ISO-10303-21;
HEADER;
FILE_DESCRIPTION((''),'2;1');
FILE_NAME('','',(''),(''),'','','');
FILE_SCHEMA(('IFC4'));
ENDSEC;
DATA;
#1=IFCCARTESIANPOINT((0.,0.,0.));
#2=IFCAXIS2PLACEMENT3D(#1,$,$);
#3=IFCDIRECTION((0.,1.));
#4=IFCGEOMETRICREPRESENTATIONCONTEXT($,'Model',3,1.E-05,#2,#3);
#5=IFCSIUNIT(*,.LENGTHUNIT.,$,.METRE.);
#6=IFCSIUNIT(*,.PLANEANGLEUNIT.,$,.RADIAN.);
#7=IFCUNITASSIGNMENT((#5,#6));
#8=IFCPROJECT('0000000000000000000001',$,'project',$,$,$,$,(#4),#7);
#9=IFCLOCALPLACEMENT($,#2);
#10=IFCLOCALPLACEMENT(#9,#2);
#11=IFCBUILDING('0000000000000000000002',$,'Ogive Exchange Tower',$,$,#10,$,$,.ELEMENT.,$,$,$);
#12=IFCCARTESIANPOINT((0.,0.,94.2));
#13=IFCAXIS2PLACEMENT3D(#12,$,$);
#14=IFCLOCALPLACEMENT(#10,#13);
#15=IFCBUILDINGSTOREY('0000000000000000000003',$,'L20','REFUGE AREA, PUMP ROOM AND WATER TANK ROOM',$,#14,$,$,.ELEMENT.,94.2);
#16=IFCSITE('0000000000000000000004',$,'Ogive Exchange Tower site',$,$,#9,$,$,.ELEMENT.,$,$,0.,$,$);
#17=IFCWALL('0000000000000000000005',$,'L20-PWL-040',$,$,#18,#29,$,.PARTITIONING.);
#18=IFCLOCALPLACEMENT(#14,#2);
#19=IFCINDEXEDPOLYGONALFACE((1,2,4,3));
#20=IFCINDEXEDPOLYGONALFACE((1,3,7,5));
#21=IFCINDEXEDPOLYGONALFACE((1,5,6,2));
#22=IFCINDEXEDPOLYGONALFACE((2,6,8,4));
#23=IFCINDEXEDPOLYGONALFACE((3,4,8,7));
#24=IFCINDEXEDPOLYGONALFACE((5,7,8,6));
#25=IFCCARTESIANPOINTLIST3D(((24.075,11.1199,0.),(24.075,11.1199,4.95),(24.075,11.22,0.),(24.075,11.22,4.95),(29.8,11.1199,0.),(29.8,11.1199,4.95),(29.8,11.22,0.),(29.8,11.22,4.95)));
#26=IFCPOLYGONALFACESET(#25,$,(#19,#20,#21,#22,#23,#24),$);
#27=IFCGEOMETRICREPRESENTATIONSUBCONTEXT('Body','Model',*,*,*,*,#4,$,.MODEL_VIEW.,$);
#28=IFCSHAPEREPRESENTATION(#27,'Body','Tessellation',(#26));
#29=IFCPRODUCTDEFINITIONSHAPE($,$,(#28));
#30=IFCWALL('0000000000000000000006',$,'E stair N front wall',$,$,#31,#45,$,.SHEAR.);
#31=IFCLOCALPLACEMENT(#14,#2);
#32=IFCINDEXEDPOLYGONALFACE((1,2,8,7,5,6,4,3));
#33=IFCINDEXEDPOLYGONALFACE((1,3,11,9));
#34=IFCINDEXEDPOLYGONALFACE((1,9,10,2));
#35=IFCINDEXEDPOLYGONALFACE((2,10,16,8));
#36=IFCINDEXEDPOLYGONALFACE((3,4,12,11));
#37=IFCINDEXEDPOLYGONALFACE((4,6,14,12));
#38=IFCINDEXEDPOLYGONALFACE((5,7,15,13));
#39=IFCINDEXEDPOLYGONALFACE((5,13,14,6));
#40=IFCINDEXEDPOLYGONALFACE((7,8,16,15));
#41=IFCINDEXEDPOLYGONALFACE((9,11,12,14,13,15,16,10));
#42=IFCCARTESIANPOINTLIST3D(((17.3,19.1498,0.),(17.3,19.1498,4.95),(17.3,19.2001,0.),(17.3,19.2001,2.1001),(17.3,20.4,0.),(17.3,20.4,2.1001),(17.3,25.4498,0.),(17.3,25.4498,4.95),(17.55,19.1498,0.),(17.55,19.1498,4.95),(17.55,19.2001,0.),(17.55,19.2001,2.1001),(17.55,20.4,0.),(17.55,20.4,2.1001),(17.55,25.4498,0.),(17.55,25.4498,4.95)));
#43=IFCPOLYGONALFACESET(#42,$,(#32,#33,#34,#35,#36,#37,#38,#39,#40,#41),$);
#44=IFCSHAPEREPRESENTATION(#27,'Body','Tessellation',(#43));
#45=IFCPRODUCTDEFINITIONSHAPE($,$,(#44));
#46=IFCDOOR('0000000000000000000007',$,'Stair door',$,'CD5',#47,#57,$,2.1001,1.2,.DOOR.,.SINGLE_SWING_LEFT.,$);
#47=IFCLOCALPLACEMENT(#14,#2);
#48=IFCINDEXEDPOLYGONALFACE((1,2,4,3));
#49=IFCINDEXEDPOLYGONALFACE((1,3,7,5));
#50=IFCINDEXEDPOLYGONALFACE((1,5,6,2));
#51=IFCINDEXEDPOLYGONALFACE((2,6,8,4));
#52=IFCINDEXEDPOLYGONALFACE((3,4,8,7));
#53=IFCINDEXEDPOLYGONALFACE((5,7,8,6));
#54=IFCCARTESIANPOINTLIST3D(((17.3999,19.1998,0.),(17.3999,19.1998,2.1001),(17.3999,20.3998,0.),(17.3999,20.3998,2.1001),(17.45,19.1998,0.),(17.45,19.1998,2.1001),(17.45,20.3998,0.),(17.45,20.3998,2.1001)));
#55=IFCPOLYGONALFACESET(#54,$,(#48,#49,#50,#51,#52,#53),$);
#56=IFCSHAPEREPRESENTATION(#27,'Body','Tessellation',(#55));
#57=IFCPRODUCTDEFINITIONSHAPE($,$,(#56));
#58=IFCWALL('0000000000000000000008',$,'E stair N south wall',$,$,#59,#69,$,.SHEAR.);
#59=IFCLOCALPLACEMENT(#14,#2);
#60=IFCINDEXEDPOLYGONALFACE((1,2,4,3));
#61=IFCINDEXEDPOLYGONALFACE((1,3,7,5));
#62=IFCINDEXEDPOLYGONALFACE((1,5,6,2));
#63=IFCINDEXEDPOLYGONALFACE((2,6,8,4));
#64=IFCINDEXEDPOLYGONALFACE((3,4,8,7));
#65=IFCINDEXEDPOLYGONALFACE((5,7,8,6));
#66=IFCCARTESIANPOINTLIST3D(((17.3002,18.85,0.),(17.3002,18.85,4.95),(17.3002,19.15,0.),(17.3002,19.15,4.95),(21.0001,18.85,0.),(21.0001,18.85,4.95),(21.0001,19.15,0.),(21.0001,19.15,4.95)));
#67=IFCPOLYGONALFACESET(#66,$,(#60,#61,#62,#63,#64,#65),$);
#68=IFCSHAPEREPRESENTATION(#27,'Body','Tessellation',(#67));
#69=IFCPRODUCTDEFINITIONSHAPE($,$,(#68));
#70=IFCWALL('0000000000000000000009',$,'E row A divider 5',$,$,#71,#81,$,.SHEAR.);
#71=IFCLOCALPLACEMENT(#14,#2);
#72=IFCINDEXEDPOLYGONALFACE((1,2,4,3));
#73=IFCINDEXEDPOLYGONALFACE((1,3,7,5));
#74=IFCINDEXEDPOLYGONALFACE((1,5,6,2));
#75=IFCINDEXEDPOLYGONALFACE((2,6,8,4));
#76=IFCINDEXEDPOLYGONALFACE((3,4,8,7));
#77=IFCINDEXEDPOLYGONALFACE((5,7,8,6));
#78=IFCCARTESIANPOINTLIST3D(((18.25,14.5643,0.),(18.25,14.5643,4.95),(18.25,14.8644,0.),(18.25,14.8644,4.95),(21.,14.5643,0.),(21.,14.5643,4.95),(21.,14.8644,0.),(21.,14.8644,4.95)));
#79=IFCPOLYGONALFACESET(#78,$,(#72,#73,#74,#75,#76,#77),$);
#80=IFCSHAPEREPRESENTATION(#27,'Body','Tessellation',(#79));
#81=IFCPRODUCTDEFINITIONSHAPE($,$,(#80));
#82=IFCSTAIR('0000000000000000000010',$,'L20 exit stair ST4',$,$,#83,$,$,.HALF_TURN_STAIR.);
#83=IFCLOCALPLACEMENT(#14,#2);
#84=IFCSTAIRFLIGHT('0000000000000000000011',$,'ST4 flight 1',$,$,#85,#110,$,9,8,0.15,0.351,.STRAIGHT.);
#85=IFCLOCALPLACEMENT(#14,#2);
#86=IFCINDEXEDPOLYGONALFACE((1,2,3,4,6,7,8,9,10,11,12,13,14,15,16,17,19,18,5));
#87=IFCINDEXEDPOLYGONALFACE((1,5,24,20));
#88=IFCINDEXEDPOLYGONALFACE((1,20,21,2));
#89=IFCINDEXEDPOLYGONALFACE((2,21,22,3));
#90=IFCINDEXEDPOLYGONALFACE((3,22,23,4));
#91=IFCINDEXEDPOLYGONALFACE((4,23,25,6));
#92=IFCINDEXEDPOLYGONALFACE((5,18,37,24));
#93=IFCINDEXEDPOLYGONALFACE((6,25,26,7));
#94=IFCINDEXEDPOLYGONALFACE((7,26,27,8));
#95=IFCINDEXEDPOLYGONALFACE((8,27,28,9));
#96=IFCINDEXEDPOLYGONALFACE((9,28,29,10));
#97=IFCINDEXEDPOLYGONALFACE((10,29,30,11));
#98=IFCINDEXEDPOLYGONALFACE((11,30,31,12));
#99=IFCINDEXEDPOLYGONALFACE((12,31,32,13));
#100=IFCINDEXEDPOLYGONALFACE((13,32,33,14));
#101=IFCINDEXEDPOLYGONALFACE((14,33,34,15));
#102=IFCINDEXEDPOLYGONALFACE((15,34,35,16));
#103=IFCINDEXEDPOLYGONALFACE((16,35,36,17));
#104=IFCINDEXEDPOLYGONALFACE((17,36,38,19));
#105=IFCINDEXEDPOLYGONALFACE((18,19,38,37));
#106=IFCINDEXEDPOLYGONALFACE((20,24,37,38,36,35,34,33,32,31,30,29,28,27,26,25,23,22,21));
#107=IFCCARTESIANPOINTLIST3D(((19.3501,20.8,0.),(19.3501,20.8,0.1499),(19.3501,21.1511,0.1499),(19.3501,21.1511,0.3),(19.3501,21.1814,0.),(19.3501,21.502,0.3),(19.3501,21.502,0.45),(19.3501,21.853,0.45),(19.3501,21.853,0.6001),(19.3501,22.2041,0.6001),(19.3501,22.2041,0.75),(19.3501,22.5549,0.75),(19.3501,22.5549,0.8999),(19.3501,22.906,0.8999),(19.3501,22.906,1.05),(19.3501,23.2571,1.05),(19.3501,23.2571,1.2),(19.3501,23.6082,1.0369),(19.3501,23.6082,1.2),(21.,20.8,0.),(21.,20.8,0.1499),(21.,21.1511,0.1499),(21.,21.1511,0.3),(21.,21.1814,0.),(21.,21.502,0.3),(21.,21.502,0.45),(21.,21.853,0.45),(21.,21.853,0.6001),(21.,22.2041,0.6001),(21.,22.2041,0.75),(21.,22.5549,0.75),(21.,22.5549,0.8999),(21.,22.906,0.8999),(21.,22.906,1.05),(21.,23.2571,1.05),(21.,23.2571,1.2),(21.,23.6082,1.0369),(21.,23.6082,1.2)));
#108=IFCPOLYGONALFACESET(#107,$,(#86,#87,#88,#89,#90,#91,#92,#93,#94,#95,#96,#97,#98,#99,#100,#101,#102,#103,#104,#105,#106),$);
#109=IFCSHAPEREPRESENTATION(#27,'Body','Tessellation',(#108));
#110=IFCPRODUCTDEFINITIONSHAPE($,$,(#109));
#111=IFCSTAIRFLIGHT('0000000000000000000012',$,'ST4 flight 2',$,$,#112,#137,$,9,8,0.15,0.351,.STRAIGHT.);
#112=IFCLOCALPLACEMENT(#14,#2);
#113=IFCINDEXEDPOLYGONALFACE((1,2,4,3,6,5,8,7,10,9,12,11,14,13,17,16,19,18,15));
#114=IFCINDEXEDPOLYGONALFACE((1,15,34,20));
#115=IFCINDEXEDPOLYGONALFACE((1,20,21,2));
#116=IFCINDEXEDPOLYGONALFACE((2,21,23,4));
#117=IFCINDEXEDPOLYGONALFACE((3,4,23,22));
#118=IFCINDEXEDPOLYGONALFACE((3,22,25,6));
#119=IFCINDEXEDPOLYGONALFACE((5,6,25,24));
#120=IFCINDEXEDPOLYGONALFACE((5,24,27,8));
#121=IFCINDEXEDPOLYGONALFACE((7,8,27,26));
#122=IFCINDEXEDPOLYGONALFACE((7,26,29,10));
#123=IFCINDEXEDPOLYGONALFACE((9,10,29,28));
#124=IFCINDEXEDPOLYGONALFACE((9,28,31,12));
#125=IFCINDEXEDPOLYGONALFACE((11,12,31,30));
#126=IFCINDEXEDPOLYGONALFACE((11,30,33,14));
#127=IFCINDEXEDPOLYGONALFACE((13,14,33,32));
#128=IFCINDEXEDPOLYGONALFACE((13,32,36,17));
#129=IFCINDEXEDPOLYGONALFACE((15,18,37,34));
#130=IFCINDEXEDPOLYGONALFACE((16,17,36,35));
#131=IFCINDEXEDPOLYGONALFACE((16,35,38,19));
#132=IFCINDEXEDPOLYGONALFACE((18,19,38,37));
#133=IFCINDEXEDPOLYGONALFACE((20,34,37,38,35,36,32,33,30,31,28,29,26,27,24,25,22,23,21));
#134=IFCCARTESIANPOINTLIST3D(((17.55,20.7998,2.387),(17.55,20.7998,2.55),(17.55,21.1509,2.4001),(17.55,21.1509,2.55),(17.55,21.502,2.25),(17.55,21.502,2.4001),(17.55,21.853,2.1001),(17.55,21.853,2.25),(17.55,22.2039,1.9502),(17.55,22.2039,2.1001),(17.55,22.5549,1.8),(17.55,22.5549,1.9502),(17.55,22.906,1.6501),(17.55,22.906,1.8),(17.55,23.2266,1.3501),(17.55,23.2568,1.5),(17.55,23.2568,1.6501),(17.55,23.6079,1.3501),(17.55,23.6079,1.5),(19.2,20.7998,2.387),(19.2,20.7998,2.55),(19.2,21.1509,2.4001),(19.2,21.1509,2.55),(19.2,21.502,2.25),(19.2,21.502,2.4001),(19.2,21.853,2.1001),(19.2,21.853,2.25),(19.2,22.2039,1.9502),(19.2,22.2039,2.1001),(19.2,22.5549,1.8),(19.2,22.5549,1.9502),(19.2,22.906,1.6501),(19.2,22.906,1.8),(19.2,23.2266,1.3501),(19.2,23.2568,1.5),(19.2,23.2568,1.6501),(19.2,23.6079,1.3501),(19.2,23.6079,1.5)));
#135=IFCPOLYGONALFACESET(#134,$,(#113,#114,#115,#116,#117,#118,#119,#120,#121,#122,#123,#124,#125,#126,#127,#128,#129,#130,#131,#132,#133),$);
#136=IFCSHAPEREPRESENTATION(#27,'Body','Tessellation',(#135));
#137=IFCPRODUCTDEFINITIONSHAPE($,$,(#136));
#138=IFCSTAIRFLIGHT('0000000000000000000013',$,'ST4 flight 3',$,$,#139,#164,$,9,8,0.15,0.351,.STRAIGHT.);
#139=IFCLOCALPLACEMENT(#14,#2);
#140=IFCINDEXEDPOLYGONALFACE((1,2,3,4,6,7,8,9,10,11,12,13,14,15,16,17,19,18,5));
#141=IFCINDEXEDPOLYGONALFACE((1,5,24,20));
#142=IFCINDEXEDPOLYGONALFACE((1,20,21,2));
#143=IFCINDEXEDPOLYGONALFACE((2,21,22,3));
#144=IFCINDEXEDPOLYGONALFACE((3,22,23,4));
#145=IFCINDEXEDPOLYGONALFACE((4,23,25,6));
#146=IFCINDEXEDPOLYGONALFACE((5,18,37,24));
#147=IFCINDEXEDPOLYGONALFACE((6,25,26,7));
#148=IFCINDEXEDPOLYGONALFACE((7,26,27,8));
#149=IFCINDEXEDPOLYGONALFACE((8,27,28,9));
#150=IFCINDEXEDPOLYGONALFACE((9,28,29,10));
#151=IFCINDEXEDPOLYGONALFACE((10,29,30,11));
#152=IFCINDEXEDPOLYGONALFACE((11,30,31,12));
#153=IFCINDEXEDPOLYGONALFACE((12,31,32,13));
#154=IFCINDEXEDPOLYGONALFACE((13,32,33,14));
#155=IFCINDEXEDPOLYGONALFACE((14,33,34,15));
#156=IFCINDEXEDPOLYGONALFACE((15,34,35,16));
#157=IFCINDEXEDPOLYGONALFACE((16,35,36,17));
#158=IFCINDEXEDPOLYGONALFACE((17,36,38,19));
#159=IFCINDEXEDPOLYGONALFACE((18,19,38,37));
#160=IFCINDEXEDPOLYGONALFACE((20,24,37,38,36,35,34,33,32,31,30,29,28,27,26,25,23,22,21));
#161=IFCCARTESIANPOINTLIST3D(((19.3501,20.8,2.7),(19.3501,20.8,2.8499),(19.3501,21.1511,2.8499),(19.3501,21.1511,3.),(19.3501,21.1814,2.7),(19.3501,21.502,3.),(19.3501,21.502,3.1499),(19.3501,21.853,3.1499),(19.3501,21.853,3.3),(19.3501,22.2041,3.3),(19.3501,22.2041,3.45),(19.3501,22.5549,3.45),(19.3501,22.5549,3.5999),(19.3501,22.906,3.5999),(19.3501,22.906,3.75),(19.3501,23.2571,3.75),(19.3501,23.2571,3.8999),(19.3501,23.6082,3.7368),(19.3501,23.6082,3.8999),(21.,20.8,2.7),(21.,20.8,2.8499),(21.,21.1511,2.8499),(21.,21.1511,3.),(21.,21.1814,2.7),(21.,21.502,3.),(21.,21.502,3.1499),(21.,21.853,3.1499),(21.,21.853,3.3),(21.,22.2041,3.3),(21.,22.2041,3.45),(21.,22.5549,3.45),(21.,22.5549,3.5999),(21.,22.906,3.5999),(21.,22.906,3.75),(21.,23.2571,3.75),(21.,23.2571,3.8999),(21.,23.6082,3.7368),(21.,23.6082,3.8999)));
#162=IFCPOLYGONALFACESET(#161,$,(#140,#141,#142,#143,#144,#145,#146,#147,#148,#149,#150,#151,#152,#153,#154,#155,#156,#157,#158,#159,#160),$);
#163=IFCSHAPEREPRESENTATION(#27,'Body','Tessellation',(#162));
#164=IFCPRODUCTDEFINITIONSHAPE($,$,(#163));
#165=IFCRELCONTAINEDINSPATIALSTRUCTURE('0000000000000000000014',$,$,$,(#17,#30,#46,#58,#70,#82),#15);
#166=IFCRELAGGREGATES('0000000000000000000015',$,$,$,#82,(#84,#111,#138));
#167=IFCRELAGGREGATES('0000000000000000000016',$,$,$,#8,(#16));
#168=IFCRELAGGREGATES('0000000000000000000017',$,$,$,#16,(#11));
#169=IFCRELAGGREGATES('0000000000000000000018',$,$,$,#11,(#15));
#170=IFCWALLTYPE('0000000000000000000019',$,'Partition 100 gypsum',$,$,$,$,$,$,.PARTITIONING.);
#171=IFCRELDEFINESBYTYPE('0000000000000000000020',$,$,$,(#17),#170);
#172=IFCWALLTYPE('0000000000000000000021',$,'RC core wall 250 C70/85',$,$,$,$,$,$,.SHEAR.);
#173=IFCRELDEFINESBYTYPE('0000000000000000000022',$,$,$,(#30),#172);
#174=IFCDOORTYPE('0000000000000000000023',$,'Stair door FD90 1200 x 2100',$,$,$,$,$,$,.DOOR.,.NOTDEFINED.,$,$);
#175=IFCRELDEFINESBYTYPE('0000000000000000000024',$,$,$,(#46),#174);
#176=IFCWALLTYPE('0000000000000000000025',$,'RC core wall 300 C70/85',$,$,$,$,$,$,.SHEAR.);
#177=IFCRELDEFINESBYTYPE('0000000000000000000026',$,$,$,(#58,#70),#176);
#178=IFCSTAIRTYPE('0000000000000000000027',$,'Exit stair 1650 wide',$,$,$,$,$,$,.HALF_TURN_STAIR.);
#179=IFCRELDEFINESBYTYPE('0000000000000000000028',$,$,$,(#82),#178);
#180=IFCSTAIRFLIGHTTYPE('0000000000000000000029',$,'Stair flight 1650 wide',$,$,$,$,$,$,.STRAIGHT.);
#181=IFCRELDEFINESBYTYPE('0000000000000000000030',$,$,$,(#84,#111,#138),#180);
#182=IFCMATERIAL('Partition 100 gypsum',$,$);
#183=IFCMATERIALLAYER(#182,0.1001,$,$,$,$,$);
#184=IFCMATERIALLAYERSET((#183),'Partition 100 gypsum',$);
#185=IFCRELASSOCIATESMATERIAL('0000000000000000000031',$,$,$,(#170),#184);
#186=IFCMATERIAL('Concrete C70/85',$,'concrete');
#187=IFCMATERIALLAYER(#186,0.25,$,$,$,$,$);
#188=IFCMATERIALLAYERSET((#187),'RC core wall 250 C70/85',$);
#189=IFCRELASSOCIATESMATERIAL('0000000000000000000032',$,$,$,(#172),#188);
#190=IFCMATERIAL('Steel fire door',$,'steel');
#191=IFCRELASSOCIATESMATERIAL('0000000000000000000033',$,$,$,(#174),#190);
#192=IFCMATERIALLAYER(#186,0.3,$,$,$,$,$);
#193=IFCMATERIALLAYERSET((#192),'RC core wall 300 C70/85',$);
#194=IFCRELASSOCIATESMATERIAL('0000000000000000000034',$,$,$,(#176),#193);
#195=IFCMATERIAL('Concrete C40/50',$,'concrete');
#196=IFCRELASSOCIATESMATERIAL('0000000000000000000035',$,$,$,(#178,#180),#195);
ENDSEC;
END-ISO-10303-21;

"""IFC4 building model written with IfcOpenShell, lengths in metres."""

from ifc_helpers import new_model, si_unit, direction, frame, frame_2d, origin, place, context, subcontext, project, spatial, polyline, rectangle, outline, extrude, material, layer, layer_set, type_object, element, fill, aggregate, save


model = new_model("IFC4")

# Units and contexts
model_context = context("Model", 3, precision=1e-05, world=origin(), true_north=direction((0.0, 1.0)))
body_context = subcontext(model_context, "Body", "Model", "MODEL_VIEW")
ifc_project = project(units=[si_unit("LENGTHUNIT", "METRE"), si_unit("PLANEANGLEUNIT", "RADIAN")], contexts=[model_context])

# Site, building, storey
site_placement = place(None, origin())
site = spatial("IfcSite", under=ifc_project, at=site_placement, Name="Ogive Exchange Tower site", CompositionType="ELEMENT", RefElevation=0.0)
building_placement = place(site_placement, origin())
building = spatial("IfcBuilding", under=site, at=building_placement, Name="Ogive Exchange Tower", CompositionType="ELEMENT")
storey_placement = place(building_placement, frame((0.0, 0.0, 94.2)))
storey = spatial("IfcBuildingStorey", under=building, at=storey_placement, Name="L20", Description="REFUGE AREA, PUMP ROOM AND WATER TANK ROOM", CompositionType="ELEMENT", Elevation=94.2)

# Wall
ifc_material_1 = material(Name="Partition 100 gypsum")
ifc_layer_1 = layer(ifc_material_1, 0.1001)
ifc_layer_set_1 = layer_set([ifc_layer_1], Name="Partition 100 gypsum")
wall_type_1 = type_object("IfcWallType", Name="Partition 100 gypsum", PredefinedType="PARTITIONING", material=ifc_layer_set_1)
wall_1_placement = place(storey_placement, frame((24.075, 11.1699, 0.0), z_axis=(0.0, 0.0, 1.0), x_axis=(1.0, 0.0, 0.0)))
element("IfcWall", 1, at=wall_1_placement, inside=storey, type_object=wall_type_1, Name="L20-PWL-040", PredefinedType="PARTITIONING", context=body_context, shape_type="SweptSolid", body=[
    extrude(rectangle(XDim=5.7251, YDim=0.1001, at=frame_2d((2.8625, 0.0))), origin(), (0.0, 0.0, 1.0), 4.95),
])

# Wall, opening, door
ifc_material_2 = material(Name="Concrete C70/85", Category="concrete")
ifc_layer_2 = layer(ifc_material_2, 0.25)
ifc_layer_set_2 = layer_set([ifc_layer_2], Name="RC core wall 250 C70/85")
wall_type_2 = type_object("IfcWallType", Name="RC core wall 250 C70/85", PredefinedType="SHEAR", material=ifc_layer_set_2)
wall_2_placement = place(storey_placement, frame((17.425, 19.1499, 0.0), z_axis=(0.0, 0.0, 1.0), x_axis=(0.0, 1.0, 0.0)))
wall_2 = element("IfcWall", 2, at=wall_2_placement, inside=storey, type_object=wall_type_2, Name="E stair N front wall", PredefinedType="SHEAR", context=body_context, shape_type="SweptSolid", body=[
    extrude(rectangle(XDim=6.3, YDim=0.25, at=frame_2d((3.1499, 0.0))), origin(), (0.0, 0.0, 1.0), 4.95),
])
opening_1_placement = place(wall_2_placement, frame((0.05, 0.0, 0.0)))
opening_1 = element("IfcOpeningElement", 3, at=opening_1_placement, cuts=wall_2, PredefinedType="OPENING", context=body_context, shape_type="SweptSolid", body=[
    extrude(rectangle(XDim=1.2, YDim=2.1001, at=frame_2d((0.6001, 1.05))), frame((0.0, 0.135, 0.0), z_axis=(0.0, -1.0, 0.0), x_axis=(1.0, 0.0, 0.0)), (0.0, 0.0, 1.0), 0.27),
])
ifc_material_3 = material(Name="Steel fire door", Category="steel")
door_type_1 = type_object("IfcDoorType", Name="Stair door FD90 1200 x 2100", OperationType="NOTDEFINED", PredefinedType="DOOR", material=ifc_material_3)
door_1_placement = place(opening_1_placement, frame((1.2, 0.0, 0.0), z_axis=(0.0, 0.0, 1.0), x_axis=(-1.0, 0.0, 0.0)))
door_1 = element("IfcDoor", 4, at=door_1_placement, inside=storey, type_object=door_type_1, Name="Stair door", ObjectType="CD5", OperationType="SINGLE_SWING_LEFT", OverallHeight=2.1001, OverallWidth=1.2, PredefinedType="DOOR", context=body_context, shape_type="SweptSolid", body=[
    extrude(rectangle(XDim=1.2, YDim=2.1001, at=frame_2d((0.6001, 1.05))), frame((0.0, 0.0249, 0.0), z_axis=(0.0, -1.0, 0.0), x_axis=(1.0, 0.0, 0.0)), (0.0, 0.0, 1.0), 0.05),
])
fill(opening_1, door_1)

# Walls
ifc_layer_3 = layer(ifc_material_2, 0.3)
ifc_layer_set_3 = layer_set([ifc_layer_3], Name="RC core wall 300 C70/85")
wall_type_3 = type_object("IfcWallType", Name="RC core wall 300 C70/85", PredefinedType="SHEAR", material=ifc_layer_set_3)
wall_3_placement = place(storey_placement, frame((17.3, 19.0, 0.0), z_axis=(0.0, 0.0, 1.0), x_axis=(1.0, 0.0, 0.0)))
element("IfcWall", 5, at=wall_3_placement, inside=storey, type_object=wall_type_3, Name="E stair N south wall", PredefinedType="SHEAR", context=body_context, shape_type="SweptSolid", body=[
    extrude(rectangle(XDim=3.7, YDim=0.3, at=frame_2d((1.8501, 0.0))), origin(), (0.0, 0.0, 1.0), 4.95),
])
wall_4_placement = place(storey_placement, frame((18.25, 14.7144, 0.0), z_axis=(0.0, 0.0, 1.0), x_axis=(1.0, 0.0, 0.0)))
element("IfcWall", 6, at=wall_4_placement, inside=storey, type_object=wall_type_3, Name="E row A divider 5", PredefinedType="SHEAR", context=body_context, shape_type="SweptSolid", body=[
    extrude(rectangle(XDim=2.75, YDim=0.3, at=frame_2d((1.375, 0.0))), origin(), (0.0, 0.0, 1.0), 4.95),
])

# Stair, stair flights
ifc_material_4 = material(Name="Concrete C40/50", Category="concrete")
stair_type = type_object("IfcStairType", Name="Exit stair 1650 wide", PredefinedType="HALF_TURN_STAIR", material=ifc_material_4)
stair_placement = place(storey_placement, origin())
stair = element("IfcStair", 7, at=stair_placement, inside=storey, type_object=stair_type, Name="L20 exit stair ST4", PredefinedType="HALF_TURN_STAIR")
stair_flight_type = type_object("IfcStairFlightType", Name="Stair flight 1650 wide", PredefinedType="STRAIGHT", material=ifc_material_4)
stair_flight_1_placement = place(storey_placement, frame((20.175, 20.8, 0.0), z_axis=(0.0, 0.0, 1.0), x_axis=(0.0, 1.0, 0.0)))
stair_flight_1 = element("IfcStairFlight", 8, at=stair_flight_1_placement, type_object=stair_flight_type, Name="ST4 flight 1", NumberOfRisers=9, NumberOfTreads=8, PredefinedType="STRAIGHT", RiserHeight=0.15, TreadLength=0.351, context=body_context, shape_type="SweptSolid", body=[
    extrude(outline(polyline([(0.0, 0.0), (0.0, 0.1499), (0.3511, 0.1499), (0.3511, 0.3), (0.7019, 0.3), (0.7019, 0.45), (1.053, 0.45), (1.053, 0.6001), (1.4041, 0.6001), (1.4041, 0.75), (1.7549, 0.75), (1.7549, 0.8999), (2.106, 0.8999), (2.106, 1.05), (2.457, 1.05), (2.457, 1.2), (2.8081, 1.2), (2.8081, 1.3501), (2.8081, 1.0369), (0.3813, 0.0), (0.0, 0.0)])), frame((0.0, 0.825, 0.0), z_axis=(0.0, -1.0, 0.0), x_axis=(1.0, 0.0, 0.0)), (0.0, 0.0, 1.0), 1.6499),
])
stair_flight_2_placement = place(storey_placement, frame((18.375, 23.6079, 1.3501), z_axis=(0.0, 0.0, 1.0), x_axis=(0.0, -1.0, 0.0)))
stair_flight_2 = element("IfcStairFlight", 9, at=stair_flight_2_placement, type_object=stair_flight_type, Name="ST4 flight 2", NumberOfRisers=9, NumberOfTreads=8, PredefinedType="STRAIGHT", RiserHeight=0.15, TreadLength=0.351, context=body_context, shape_type="SweptSolid", body=[
    extrude(outline(polyline([(0.0, 0.0), (0.0, 0.1499), (0.3511, 0.1499), (0.3511, 0.3), (0.7019, 0.3), (0.7019, 0.45), (1.053, 0.45), (1.053, 0.6001), (1.4041, 0.6001), (1.4041, 0.75), (1.7549, 0.75), (1.7549, 0.8999), (2.106, 0.8999), (2.106, 1.05), (2.457, 1.05), (2.457, 1.2), (2.8081, 1.2), (2.8081, 1.3501), (2.8081, 1.0369), (0.3813, 0.0), (0.0, 0.0)])), frame((0.0, 0.825, 0.0), z_axis=(0.0, -1.0, 0.0), x_axis=(1.0, 0.0, 0.0)), (0.0, 0.0, 1.0), 1.6499),
])
stair_flight_3_placement = place(storey_placement, frame((20.175, 20.8, 2.7), z_axis=(0.0, 0.0, 1.0), x_axis=(0.0, 1.0, 0.0)))
stair_flight_3 = element("IfcStairFlight", 10, at=stair_flight_3_placement, type_object=stair_flight_type, Name="ST4 flight 3", NumberOfRisers=9, NumberOfTreads=8, PredefinedType="STRAIGHT", RiserHeight=0.15, TreadLength=0.351, context=body_context, shape_type="SweptSolid", body=[
    extrude(outline(polyline([(0.0, 0.0), (0.0, 0.1499), (0.3511, 0.1499), (0.3511, 0.3), (0.7019, 0.3), (0.7019, 0.45), (1.053, 0.45), (1.053, 0.6001), (1.4041, 0.6001), (1.4041, 0.75), (1.7549, 0.75), (1.7549, 0.8999), (2.106, 0.8999), (2.106, 1.05), (2.457, 1.05), (2.457, 1.2), (2.8081, 1.2), (2.8081, 1.3501), (2.8081, 1.0369), (0.3813, 0.0), (0.0, 0.0)])), frame((0.0, 0.825, 0.0), z_axis=(0.0, -1.0, 0.0), x_axis=(1.0, 0.0, 0.0)), (0.0, 0.0, 1.0), 1.6499),
])
aggregate(stair, [stair_flight_1, stair_flight_2, stair_flight_3])

save(model, "model.ifc")
